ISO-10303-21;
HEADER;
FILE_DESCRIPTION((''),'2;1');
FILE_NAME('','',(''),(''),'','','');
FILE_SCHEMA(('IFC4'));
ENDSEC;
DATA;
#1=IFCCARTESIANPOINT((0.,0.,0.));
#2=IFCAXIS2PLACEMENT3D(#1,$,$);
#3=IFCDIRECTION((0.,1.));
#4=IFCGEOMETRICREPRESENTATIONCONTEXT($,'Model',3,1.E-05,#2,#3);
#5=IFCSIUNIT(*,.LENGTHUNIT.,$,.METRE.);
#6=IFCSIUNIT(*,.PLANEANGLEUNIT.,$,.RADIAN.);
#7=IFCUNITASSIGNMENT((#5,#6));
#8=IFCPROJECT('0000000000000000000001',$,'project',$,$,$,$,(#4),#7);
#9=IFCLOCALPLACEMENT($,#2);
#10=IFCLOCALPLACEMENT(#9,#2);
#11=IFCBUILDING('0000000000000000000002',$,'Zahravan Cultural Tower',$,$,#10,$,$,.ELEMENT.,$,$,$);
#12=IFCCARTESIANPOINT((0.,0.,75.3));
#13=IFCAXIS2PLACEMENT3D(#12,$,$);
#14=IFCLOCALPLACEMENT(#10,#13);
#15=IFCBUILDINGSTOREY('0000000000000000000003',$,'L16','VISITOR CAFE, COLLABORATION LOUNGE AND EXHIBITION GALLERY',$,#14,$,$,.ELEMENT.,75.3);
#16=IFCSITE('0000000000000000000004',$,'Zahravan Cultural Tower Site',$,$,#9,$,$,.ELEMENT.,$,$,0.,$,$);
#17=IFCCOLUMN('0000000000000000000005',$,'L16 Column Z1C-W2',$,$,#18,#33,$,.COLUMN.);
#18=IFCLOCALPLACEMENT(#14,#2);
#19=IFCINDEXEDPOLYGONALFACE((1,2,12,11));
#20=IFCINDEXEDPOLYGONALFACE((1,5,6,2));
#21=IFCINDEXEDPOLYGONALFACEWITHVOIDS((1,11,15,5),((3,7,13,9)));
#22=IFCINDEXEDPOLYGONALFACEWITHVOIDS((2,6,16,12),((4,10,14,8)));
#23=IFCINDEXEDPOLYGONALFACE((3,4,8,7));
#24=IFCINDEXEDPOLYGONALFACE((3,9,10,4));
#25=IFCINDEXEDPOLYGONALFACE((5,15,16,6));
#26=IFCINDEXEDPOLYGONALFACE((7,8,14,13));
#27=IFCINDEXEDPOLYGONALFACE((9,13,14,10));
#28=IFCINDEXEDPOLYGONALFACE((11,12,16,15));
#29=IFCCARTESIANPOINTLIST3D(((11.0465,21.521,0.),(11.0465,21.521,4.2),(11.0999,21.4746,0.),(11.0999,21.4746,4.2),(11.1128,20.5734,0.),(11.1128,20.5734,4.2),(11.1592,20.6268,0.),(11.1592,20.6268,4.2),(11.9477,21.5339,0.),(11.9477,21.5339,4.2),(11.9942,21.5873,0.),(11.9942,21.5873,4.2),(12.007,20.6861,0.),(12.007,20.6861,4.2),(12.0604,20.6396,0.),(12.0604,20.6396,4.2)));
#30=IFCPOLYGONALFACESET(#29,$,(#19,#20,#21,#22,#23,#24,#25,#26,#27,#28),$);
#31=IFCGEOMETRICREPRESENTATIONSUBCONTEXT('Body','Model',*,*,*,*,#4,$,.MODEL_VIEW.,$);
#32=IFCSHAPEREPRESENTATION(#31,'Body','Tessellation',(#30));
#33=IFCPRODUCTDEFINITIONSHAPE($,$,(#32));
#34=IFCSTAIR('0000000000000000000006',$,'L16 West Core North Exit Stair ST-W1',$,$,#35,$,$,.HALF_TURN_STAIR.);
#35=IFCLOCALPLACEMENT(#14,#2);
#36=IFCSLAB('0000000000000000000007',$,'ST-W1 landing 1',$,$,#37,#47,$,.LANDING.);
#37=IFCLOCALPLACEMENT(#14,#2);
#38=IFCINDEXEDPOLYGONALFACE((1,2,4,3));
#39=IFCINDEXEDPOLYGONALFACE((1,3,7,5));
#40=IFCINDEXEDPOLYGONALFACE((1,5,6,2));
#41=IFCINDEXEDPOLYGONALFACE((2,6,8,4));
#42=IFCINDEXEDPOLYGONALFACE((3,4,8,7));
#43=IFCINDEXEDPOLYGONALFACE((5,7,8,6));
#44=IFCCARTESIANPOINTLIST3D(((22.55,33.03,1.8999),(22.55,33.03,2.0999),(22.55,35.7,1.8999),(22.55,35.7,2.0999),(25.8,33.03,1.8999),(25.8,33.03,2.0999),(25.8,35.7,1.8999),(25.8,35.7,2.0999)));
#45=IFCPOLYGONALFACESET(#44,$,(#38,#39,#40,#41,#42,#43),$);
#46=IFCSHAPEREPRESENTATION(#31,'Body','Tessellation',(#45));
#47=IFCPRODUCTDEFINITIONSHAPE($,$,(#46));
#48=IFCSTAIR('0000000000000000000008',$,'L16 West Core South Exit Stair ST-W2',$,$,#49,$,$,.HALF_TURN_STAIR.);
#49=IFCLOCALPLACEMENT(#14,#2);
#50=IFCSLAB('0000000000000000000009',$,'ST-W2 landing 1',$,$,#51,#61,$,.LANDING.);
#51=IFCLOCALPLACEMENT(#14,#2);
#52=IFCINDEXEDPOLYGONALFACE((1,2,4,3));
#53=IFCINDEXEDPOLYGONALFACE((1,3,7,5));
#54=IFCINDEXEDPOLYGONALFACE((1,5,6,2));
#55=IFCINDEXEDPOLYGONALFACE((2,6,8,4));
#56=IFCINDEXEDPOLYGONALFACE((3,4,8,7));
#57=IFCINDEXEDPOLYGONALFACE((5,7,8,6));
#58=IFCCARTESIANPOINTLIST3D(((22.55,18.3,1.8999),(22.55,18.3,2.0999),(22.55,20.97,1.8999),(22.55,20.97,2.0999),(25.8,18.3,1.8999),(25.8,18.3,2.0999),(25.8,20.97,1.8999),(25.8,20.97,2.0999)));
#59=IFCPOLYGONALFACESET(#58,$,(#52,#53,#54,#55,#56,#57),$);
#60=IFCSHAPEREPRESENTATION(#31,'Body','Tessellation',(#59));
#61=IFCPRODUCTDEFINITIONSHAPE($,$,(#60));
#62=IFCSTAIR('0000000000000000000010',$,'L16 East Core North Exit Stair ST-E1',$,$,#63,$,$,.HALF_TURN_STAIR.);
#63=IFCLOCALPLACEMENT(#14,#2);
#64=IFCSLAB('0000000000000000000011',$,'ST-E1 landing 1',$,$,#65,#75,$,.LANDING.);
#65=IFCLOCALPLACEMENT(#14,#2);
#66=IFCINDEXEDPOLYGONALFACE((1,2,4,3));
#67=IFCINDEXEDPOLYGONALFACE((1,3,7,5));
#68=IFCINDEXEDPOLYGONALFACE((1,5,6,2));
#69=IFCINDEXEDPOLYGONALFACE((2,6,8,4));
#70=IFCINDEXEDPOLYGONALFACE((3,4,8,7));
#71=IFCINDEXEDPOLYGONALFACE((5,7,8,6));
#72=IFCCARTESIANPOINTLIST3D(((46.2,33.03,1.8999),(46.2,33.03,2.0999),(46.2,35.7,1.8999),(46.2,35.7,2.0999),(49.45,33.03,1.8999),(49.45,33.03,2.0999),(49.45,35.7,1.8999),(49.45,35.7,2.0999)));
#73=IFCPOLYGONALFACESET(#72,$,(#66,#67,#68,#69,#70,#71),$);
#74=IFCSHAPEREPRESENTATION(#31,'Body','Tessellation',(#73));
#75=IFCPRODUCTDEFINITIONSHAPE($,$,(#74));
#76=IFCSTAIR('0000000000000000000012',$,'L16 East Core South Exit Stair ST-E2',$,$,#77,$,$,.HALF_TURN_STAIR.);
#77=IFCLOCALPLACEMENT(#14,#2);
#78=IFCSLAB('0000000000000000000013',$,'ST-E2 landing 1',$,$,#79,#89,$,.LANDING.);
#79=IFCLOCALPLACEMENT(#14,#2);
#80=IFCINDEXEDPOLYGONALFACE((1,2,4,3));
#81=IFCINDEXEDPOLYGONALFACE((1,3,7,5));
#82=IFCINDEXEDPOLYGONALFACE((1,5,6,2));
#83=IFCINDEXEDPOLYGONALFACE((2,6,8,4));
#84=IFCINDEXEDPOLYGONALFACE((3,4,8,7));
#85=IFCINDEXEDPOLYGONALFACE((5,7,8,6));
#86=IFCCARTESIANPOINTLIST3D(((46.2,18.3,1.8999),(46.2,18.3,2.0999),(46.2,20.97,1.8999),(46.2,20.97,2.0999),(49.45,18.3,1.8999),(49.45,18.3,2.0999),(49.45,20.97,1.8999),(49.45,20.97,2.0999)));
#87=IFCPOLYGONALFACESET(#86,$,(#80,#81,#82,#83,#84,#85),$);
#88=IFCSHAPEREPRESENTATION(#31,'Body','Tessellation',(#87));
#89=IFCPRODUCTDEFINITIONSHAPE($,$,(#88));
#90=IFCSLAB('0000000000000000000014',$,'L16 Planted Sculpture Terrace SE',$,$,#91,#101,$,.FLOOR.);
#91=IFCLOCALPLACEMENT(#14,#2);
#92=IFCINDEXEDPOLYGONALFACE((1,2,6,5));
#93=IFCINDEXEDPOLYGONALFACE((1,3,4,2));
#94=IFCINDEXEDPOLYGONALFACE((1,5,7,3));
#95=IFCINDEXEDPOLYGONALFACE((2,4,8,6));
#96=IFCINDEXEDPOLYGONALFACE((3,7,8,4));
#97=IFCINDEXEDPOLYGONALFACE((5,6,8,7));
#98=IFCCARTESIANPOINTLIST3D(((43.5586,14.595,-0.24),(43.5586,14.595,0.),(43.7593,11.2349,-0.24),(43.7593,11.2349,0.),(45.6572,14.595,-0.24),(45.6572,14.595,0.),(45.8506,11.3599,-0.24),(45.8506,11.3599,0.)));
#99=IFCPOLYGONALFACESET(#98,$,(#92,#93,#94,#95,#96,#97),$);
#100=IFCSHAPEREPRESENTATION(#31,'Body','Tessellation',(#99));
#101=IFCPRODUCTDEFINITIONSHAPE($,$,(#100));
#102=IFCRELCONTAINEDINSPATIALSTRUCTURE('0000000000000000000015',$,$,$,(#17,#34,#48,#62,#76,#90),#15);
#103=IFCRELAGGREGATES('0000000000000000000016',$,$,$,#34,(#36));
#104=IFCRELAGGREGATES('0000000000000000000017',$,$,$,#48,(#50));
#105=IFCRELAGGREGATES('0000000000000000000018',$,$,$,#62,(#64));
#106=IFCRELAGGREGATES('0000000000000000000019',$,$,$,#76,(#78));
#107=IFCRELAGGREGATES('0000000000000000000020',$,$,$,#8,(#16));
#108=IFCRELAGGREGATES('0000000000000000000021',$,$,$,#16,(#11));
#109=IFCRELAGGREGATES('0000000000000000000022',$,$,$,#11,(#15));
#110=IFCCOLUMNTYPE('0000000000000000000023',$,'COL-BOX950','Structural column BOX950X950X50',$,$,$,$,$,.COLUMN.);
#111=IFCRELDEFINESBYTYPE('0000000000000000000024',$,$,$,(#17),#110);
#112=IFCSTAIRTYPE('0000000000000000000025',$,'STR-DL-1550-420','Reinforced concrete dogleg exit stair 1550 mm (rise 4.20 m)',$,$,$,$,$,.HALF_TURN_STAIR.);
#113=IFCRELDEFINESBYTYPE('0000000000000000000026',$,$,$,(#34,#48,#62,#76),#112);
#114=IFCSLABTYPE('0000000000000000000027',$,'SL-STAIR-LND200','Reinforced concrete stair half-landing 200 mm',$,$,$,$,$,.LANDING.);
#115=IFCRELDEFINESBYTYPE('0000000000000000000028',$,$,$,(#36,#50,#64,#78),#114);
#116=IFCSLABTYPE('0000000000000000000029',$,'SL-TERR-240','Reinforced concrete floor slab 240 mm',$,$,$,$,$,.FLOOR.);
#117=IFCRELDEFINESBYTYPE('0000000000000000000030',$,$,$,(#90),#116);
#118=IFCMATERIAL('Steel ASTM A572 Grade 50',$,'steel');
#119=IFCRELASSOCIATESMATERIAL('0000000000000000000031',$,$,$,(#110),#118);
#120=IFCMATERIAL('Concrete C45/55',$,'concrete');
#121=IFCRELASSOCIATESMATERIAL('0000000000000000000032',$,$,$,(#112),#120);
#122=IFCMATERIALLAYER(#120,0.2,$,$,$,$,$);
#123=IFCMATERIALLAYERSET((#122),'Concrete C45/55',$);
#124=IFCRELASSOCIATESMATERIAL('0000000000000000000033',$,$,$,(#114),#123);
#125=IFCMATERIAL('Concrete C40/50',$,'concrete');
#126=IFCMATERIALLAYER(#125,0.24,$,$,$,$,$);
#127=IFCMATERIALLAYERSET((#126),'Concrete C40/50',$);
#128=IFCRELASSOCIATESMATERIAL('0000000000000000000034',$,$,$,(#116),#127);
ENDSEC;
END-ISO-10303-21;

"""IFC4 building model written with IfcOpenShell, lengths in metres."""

from ifc_helpers import new_model, si_unit, direction, frame, origin, origin_2d, place, context, subcontext, project, spatial, polyline, hollow_rectangle, outline, extrude, source, transform, mapped, material, layer, layer_set, material_profile, profile_set, type_object, element, aggregate, save


model = new_model("IFC4")

# Units and contexts
model_context = context("Model", 3, precision=1e-05, world=origin(), true_north=direction((0.0, 1.0)))
body_context = subcontext(model_context, "Body", "Model", "MODEL_VIEW")
ifc_project = project(units=[si_unit("LENGTHUNIT", "METRE"), si_unit("PLANEANGLEUNIT", "RADIAN")], contexts=[model_context])

# Site, building, storey
site_placement = place(None, origin())
site = spatial("IfcSite", under=ifc_project, at=site_placement, Name="Zahravan Cultural Tower Site", CompositionType="ELEMENT", RefElevation=0.0)
building_placement = place(site_placement, origin())
building = spatial("IfcBuilding", under=site, at=building_placement, Name="Zahravan Cultural Tower", CompositionType="ELEMENT")
storey_placement = place(building_placement, frame((0.0, 0.0, 75.3)))
storey = spatial("IfcBuildingStorey", under=building, at=storey_placement, Name="L16", Description="VISITOR CAFE, COLLABORATION LOUNGE AND EXHIBITION GALLERY", CompositionType="ELEMENT", Elevation=75.3)

# Column
ifc_material_1 = material(Name="Steel ASTM A572 Grade 50", Category="steel")
ifc_material_profile = material_profile(ifc_material_1, hollow_rectangle(XDim=0.95, YDim=0.95, WallThickness=0.05, at=origin_2d()), Name="BOX950X950X50")
ifc_profile_set = profile_set([ifc_material_profile], Name="Steel ASTM A572 Grade 50")
column_type = type_object("IfcColumnType", Name="COL-BOX950", Description="Structural column BOX950X950X50", PredefinedType="COLUMN", material=ifc_profile_set)
shared_shape_1 = source(origin(), body_context, "Body", "SweptSolid", [
    extrude(hollow_rectangle(XDim=0.95, YDim=0.95, WallThickness=0.05, at=origin_2d()), origin(), (0.0, 0.0, 1.0), 4.2),
])
column_placement = place(storey_placement, frame((11.5535, 21.0803, 0.0), z_axis=(0.0, 0.0, 1.0), x_axis=(0.997564, 0.069756, 0.0)))
element("IfcColumn", 1, at=column_placement, inside=storey, type_object=column_type, Name="L16 Column Z1C-W2", PredefinedType="COLUMN", context=body_context, shape_type="MappedRepresentation", body=[
    mapped(shared_shape_1, transform((0.0, 0.0, 0.0), x_axis=(1.0, 0.0, 0.0), y_axis=(0.0, 1.0, 0.0), z_axis=(0.0, 0.0, 1.0), scale=1.0)),
])

# Stairs, slabs
ifc_material_2 = material(Name="Concrete C45/55", Category="concrete")
stair_type = type_object("IfcStairType", Name="STR-DL-1550-420", Description="Reinforced concrete dogleg exit stair 1550 mm (rise 4.20 m)", PredefinedType="HALF_TURN_STAIR", material=ifc_material_2)
stair_1_placement = place(storey_placement, origin())
stair_1 = element("IfcStair", 2, at=stair_1_placement, inside=storey, type_object=stair_type, Name="L16 West Core North Exit Stair ST-W1", PredefinedType="HALF_TURN_STAIR")
ifc_layer_1 = layer(ifc_material_2, 0.2)
ifc_layer_set_1 = layer_set([ifc_layer_1], Name="Concrete C45/55")
slab_type_1 = type_object("IfcSlabType", Name="SL-STAIR-LND200", Description="Reinforced concrete stair half-landing 200 mm", PredefinedType="LANDING", material=ifc_layer_set_1)
slab_1_placement = place(storey_placement, frame((0.0, 0.0, 1.8999)))
slab_1 = element("IfcSlab", 3, at=slab_1_placement, type_object=slab_type_1, Name="ST-W1 landing 1", PredefinedType="LANDING", context=body_context, shape_type="SweptSolid", body=[
    extrude(outline(polyline([(25.8, 33.03), (25.8, 35.7), (22.55, 35.7), (22.55, 33.03), (25.8, 33.03)])), origin(), (0.0, 0.0, 1.0), 0.2),
])
aggregate(stair_1, [slab_1])
stair_2_placement = place(storey_placement, origin())
stair_2 = element("IfcStair", 4, at=stair_2_placement, inside=storey, type_object=stair_type, Name="L16 West Core South Exit Stair ST-W2", PredefinedType="HALF_TURN_STAIR")
slab_2_placement = place(storey_placement, frame((0.0, 0.0, 1.8999)))
slab_2 = element("IfcSlab", 5, at=slab_2_placement, type_object=slab_type_1, Name="ST-W2 landing 1", PredefinedType="LANDING", context=body_context, shape_type="SweptSolid", body=[
    extrude(outline(polyline([(22.55, 20.97), (22.55, 18.3), (25.8, 18.3), (25.8, 20.97), (22.55, 20.97)])), origin(), (0.0, 0.0, 1.0), 0.2),
])
aggregate(stair_2, [slab_2])
stair_3_placement = place(storey_placement, origin())
stair_3 = element("IfcStair", 6, at=stair_3_placement, inside=storey, type_object=stair_type, Name="L16 East Core North Exit Stair ST-E1", PredefinedType="HALF_TURN_STAIR")
slab_3_placement = place(storey_placement, frame((0.0, 0.0, 1.8999)))
slab_3 = element("IfcSlab", 7, at=slab_3_placement, type_object=slab_type_1, Name="ST-E1 landing 1", PredefinedType="LANDING", context=body_context, shape_type="SweptSolid", body=[
    extrude(outline(polyline([(49.45, 33.03), (49.45, 35.7), (46.2, 35.7), (46.2, 33.03), (49.45, 33.03)])), origin(), (0.0, 0.0, 1.0), 0.2),
])
aggregate(stair_3, [slab_3])
stair_4_placement = place(storey_placement, origin())
stair_4 = element("IfcStair", 8, at=stair_4_placement, inside=storey, type_object=stair_type, Name="L16 East Core South Exit Stair ST-E2", PredefinedType="HALF_TURN_STAIR")
slab_4_placement = place(storey_placement, frame((0.0, 0.0, 1.8999)))
slab_4 = element("IfcSlab", 9, at=slab_4_placement, type_object=slab_type_1, Name="ST-E2 landing 1", PredefinedType="LANDING", context=body_context, shape_type="SweptSolid", body=[
    extrude(outline(polyline([(46.2, 20.97), (46.2, 18.3), (49.45, 18.3), (49.45, 20.97), (46.2, 20.97)])), origin(), (0.0, 0.0, 1.0), 0.2),
])
aggregate(stair_4, [slab_4])

# Slab
ifc_material_3 = material(Name="Concrete C40/50", Category="concrete")
ifc_layer_2 = layer(ifc_material_3, 0.24)
ifc_layer_set_2 = layer_set([ifc_layer_2], Name="Concrete C40/50")
slab_type_2 = type_object("IfcSlabType", Name="SL-TERR-240", Description="Reinforced concrete floor slab 240 mm", PredefinedType="FLOOR", material=ifc_layer_set_2)
slab_5_placement = place(storey_placement, frame((0.0, 0.0, -0.24)))
element("IfcSlab", 10, at=slab_5_placement, inside=storey, type_object=slab_type_2, Name="L16 Planted Sculpture Terrace SE", PredefinedType="FLOOR", context=body_context, shape_type="SweptSolid", body=[
    extrude(outline(polyline([(45.8506, 11.3599), (45.6572, 14.595), (43.5586, 14.595), (43.7593, 11.2349), (45.8506, 11.3599)])), origin(), (0.0, 0.0, 1.0), 0.24),
])

save(model, "model.ifc")
